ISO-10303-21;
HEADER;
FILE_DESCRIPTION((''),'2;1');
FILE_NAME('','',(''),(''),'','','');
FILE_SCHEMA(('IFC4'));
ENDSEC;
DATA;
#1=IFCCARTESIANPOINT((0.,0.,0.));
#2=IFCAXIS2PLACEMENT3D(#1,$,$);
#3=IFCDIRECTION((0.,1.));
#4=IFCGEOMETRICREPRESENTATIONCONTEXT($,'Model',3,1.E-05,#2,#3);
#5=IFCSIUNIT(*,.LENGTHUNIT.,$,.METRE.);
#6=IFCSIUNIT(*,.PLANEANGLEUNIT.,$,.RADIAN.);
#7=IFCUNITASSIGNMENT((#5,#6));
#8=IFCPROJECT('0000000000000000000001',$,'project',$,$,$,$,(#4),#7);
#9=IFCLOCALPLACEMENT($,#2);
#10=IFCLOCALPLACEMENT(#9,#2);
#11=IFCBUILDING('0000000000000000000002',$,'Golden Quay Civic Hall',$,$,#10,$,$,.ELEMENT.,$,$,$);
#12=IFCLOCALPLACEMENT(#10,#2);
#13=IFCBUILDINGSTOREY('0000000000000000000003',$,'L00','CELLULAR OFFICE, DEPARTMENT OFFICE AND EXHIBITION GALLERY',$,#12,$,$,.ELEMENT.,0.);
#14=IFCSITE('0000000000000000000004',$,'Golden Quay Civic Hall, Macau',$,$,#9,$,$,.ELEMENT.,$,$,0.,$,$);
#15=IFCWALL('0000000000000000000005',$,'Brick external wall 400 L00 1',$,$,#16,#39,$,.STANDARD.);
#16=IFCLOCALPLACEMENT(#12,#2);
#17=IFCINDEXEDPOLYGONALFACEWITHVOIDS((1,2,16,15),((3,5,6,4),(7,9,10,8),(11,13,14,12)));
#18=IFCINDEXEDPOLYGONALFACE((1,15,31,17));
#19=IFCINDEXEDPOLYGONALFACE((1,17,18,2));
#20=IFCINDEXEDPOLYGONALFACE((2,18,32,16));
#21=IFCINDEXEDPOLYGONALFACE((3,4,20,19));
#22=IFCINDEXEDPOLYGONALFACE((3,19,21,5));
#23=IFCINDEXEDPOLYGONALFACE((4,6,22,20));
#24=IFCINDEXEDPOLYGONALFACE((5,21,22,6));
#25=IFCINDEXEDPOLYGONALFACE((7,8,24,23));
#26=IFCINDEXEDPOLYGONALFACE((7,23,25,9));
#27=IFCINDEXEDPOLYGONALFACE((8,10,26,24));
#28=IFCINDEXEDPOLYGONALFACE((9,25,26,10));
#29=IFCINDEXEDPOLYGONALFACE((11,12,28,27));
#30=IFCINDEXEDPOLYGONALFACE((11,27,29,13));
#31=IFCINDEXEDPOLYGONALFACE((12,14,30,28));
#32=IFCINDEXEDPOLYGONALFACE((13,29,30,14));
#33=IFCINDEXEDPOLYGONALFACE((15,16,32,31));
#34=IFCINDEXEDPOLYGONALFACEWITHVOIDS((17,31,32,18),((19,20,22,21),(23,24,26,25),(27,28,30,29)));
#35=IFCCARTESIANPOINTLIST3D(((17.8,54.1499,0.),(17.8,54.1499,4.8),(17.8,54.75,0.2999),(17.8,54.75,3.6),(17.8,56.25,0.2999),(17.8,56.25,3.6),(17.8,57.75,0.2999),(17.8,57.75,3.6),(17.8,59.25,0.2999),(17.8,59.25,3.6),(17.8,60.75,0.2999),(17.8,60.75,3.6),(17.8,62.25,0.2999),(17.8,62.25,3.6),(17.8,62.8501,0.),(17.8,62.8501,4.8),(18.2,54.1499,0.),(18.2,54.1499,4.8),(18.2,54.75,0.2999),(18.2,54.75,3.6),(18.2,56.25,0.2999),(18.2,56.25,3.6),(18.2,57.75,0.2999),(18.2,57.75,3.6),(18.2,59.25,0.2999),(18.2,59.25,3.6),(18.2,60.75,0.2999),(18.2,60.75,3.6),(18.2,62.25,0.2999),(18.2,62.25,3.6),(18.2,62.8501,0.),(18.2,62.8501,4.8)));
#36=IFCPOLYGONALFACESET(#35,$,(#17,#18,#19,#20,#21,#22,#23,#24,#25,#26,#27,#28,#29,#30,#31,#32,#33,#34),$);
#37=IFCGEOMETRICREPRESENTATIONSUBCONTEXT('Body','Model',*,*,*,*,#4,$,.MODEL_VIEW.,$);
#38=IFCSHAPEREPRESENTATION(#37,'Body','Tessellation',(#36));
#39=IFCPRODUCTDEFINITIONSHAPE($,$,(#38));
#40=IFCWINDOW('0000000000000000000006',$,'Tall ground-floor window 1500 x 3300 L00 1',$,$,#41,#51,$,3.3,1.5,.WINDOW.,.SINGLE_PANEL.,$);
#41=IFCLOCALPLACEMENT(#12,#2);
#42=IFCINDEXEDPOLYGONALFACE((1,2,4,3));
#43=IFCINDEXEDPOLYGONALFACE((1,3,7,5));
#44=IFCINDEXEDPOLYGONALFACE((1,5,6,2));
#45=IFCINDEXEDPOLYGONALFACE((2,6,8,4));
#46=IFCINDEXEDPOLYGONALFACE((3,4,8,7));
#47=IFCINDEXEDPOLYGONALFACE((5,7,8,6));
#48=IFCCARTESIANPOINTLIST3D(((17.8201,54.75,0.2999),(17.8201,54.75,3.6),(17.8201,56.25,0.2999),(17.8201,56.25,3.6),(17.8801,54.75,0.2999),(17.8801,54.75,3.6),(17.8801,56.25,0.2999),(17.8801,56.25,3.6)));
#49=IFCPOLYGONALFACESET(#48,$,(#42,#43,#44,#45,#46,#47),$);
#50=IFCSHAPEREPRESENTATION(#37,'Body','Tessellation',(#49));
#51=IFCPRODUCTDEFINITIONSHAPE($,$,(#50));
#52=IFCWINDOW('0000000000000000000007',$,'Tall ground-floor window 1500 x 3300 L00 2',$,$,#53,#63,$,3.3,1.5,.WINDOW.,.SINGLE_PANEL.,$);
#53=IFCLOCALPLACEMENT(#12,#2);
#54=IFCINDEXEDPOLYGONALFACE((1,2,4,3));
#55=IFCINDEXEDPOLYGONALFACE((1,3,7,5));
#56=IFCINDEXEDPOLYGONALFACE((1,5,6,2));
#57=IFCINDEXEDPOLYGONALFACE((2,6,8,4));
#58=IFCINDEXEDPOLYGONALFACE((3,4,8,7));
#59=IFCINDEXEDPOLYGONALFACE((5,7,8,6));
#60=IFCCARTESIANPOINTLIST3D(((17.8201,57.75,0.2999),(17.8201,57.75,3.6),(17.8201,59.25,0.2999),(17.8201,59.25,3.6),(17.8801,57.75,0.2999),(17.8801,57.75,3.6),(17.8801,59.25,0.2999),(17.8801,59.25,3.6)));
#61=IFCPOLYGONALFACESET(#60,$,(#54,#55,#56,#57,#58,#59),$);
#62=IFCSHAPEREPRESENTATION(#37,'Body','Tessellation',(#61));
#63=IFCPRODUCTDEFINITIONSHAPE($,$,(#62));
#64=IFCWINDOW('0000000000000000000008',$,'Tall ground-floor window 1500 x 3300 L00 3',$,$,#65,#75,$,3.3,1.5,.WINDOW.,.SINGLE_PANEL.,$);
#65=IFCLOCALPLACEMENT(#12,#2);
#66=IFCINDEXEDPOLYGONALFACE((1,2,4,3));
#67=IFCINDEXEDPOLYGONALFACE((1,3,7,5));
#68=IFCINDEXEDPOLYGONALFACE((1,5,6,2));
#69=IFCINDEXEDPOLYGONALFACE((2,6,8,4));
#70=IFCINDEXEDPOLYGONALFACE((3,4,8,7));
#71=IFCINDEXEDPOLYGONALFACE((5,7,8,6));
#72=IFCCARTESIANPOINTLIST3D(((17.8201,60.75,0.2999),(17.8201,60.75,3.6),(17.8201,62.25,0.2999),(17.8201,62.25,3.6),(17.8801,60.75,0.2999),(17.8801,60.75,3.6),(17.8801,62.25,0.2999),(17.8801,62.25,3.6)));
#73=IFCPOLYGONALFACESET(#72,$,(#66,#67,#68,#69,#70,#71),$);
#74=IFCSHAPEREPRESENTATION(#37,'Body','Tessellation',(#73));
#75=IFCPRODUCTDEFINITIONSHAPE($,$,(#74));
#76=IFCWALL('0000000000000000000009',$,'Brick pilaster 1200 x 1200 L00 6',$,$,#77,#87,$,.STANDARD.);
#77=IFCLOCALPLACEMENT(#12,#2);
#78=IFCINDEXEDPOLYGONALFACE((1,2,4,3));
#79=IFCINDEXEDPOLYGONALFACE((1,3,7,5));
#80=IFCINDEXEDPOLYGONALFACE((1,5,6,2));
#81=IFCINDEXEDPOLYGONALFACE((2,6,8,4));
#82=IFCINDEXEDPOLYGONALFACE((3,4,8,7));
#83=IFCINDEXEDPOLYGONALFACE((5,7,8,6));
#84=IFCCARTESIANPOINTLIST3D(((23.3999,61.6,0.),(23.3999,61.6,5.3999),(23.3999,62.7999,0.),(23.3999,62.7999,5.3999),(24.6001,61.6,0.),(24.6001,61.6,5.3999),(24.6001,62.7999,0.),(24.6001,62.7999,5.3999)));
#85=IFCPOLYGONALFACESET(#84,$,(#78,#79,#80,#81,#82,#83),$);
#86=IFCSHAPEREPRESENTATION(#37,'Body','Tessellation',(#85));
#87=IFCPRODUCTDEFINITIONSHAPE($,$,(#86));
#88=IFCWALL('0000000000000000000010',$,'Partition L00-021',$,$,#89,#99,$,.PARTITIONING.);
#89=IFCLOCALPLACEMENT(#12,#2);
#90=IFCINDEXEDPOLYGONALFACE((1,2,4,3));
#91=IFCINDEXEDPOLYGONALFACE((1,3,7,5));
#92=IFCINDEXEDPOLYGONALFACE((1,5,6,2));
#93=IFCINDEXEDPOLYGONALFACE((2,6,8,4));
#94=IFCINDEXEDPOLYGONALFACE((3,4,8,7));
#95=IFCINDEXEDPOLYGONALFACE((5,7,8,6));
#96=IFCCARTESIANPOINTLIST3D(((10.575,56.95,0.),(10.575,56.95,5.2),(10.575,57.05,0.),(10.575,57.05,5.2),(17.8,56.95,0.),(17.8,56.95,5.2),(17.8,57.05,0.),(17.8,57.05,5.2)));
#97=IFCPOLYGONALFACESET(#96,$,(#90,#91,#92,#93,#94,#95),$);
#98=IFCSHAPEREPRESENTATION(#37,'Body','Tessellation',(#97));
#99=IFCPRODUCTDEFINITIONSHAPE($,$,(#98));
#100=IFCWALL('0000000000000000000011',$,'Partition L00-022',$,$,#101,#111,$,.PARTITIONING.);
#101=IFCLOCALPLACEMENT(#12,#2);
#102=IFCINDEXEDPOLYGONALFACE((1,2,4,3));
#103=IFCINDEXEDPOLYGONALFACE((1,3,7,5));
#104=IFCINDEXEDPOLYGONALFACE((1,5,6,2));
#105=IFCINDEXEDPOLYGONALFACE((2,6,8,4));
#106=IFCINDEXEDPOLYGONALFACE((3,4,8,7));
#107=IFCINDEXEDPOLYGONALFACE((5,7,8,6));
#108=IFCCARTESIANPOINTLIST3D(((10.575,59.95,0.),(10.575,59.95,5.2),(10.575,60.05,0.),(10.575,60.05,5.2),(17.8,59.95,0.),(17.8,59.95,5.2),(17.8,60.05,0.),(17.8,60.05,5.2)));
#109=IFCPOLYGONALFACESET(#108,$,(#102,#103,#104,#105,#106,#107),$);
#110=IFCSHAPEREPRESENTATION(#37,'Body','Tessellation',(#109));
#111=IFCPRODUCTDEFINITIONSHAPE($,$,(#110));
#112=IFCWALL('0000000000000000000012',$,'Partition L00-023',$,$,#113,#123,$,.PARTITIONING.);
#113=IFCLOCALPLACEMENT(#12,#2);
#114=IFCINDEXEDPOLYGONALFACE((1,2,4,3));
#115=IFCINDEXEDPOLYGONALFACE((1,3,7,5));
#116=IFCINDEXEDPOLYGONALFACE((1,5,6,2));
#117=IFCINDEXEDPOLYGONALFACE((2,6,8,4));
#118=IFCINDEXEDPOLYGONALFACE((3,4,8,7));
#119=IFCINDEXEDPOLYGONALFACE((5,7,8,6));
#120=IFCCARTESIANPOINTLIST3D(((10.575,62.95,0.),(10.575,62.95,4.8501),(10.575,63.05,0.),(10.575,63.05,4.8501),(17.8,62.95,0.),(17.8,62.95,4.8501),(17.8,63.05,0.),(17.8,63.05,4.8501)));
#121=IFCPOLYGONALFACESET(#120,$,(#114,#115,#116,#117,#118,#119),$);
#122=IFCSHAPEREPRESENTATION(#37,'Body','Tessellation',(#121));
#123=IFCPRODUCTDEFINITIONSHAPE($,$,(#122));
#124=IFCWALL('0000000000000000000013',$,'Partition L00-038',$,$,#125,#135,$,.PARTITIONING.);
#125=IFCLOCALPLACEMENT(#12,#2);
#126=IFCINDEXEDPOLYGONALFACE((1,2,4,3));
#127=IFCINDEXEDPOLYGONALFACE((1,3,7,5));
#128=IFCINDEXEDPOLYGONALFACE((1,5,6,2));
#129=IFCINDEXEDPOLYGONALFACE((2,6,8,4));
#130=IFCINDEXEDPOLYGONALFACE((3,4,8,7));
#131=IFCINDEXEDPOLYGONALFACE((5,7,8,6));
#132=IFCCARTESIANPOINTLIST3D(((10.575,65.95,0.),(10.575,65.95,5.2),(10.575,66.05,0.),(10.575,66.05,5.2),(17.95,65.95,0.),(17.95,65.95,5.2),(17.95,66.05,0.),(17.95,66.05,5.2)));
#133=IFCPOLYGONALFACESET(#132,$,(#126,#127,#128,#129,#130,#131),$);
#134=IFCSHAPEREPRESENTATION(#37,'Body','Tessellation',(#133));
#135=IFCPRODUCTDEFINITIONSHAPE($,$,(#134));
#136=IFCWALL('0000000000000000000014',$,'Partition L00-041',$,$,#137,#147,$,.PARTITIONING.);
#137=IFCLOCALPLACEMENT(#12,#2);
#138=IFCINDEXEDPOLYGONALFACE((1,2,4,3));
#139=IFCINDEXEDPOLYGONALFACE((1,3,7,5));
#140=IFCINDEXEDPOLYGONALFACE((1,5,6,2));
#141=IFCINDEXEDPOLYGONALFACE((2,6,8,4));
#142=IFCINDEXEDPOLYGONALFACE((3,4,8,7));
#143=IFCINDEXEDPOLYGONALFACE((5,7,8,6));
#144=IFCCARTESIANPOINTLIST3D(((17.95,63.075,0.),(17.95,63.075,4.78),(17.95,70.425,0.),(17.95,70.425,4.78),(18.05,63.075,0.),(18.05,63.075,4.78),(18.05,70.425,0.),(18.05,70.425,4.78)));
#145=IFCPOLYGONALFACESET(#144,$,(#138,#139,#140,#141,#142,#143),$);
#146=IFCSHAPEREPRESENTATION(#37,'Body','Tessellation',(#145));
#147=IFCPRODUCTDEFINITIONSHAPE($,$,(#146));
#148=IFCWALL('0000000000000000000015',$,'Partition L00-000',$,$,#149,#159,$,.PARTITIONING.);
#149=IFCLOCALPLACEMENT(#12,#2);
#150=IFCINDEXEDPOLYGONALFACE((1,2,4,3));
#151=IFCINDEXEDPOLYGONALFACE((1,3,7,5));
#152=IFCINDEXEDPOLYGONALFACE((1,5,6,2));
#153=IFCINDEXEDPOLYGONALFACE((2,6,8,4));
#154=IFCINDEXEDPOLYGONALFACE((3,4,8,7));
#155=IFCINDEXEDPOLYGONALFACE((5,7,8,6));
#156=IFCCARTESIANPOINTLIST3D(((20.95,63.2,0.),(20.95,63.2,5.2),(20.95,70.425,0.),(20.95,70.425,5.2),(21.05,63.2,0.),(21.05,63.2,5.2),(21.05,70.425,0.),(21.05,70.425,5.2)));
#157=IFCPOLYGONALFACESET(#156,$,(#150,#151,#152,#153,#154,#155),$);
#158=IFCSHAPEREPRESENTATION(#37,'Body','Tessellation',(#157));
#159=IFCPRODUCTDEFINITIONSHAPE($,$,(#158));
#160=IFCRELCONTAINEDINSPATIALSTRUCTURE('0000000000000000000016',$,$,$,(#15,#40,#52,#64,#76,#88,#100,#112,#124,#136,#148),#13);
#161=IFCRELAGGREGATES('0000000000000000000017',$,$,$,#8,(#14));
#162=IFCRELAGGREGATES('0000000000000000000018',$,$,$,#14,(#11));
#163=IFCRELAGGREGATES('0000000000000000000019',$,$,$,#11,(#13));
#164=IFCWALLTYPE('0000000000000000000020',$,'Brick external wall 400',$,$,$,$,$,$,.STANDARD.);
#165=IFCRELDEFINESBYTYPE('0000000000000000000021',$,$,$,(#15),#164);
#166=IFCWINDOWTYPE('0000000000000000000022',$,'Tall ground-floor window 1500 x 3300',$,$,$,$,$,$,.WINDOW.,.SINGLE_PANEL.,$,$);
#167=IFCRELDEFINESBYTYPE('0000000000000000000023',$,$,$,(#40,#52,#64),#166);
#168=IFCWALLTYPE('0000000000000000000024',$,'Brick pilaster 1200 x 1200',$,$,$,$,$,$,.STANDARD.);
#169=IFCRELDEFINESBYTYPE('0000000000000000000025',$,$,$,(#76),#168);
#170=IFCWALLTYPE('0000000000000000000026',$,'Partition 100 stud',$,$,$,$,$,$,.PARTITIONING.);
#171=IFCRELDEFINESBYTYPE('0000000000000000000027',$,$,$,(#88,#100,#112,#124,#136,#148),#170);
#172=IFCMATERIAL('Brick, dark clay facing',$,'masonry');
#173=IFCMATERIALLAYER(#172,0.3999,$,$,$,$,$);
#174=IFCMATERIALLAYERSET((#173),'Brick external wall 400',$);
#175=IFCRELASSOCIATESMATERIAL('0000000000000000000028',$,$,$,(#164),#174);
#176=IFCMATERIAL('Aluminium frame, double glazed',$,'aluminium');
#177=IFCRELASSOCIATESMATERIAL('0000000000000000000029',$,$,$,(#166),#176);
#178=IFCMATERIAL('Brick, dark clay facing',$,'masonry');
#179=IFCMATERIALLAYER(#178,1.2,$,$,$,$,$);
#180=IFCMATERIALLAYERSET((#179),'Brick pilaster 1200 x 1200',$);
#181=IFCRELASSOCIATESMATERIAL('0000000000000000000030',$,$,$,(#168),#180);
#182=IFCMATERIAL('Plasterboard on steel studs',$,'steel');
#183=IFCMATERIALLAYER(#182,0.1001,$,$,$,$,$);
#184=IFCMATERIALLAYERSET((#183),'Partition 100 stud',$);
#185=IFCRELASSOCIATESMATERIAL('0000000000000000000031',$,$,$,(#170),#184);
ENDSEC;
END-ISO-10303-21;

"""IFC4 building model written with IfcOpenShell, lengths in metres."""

from ifc_helpers import new_model, si_unit, direction, frame, frame_2d, origin, place, context, subcontext, project, spatial, rectangle, extrude, material, layer, layer_set, type_object, element, fill, save


model = new_model("IFC4")

# Units and contexts
model_context = context("Model", 3, precision=1e-05, world=origin(), true_north=direction((0.0, 1.0)))
body_context = subcontext(model_context, "Body", "Model", "MODEL_VIEW")
ifc_project = project(units=[si_unit("LENGTHUNIT", "METRE"), si_unit("PLANEANGLEUNIT", "RADIAN")], contexts=[model_context])

# Site, building, storey
site_placement = place(None, origin())
site = spatial("IfcSite", under=ifc_project, at=site_placement, Name="Golden Quay Civic Hall, Macau", CompositionType="ELEMENT", RefElevation=0.0)
building_placement = place(site_placement, origin())
building = spatial("IfcBuilding", under=site, at=building_placement, Name="Golden Quay Civic Hall", CompositionType="ELEMENT")
storey_placement = place(building_placement, origin())
storey = spatial("IfcBuildingStorey", under=building, at=storey_placement, Name="L00", Description="CELLULAR OFFICE, DEPARTMENT OFFICE AND EXHIBITION GALLERY", CompositionType="ELEMENT", Elevation=0.0)

# Wall, openings, windows
ifc_material_1 = material(Name="Brick, dark clay facing", Category="masonry")
ifc_layer_1 = layer(ifc_material_1, 0.3999)
ifc_layer_set_1 = layer_set([ifc_layer_1], Name="Brick external wall 400")
wall_type_1 = type_object("IfcWallType", Name="Brick external wall 400", PredefinedType="STANDARD", material=ifc_layer_set_1)
wall_1_placement = place(storey_placement, frame((18.0, 62.8501, 0.0), z_axis=(0.0, 0.0, 1.0), x_axis=(0.0, -1.0, 0.0)))
wall_1 = element("IfcWall", 1, at=wall_1_placement, inside=storey, type_object=wall_type_1, Name="Brick external wall 400 L00 1", PredefinedType="STANDARD", context=body_context, shape_type="SweptSolid", body=[
    extrude(rectangle(XDim=8.7002, YDim=0.3999, at=frame_2d((4.3501, 0.0))), origin(), (0.0, 0.0, 1.0), 4.8),
])
opening_1_placement = place(wall_1_placement, frame((6.6001, 0.0, 0.3)))
opening_1 = element("IfcOpeningElement", 2, at=opening_1_placement, cuts=wall_1, PredefinedType="OPENING", context=body_context, shape_type="SweptSolid", body=[
    extrude(rectangle(XDim=1.5, YDim=3.3, at=frame_2d((0.75, 1.6499))), frame((0.0, 0.21, 0.0), z_axis=(0.0, -1.0, 0.0), x_axis=(1.0, 0.0, 0.0)), (0.0, 0.0, 1.0), 0.4199),
])
opening_2_placement = place(wall_1_placement, frame((3.6001, 0.0, 0.3)))
opening_2 = element("IfcOpeningElement", 3, at=opening_2_placement, cuts=wall_1, PredefinedType="OPENING", context=body_context, shape_type="SweptSolid", body=[
    extrude(rectangle(XDim=1.5, YDim=3.3, at=frame_2d((0.75, 1.6499))), frame((0.0, 0.21, 0.0), z_axis=(0.0, -1.0, 0.0), x_axis=(1.0, 0.0, 0.0)), (0.0, 0.0, 1.0), 0.4199),
])
opening_3_placement = place(wall_1_placement, frame((0.6001, 0.0, 0.3)))
opening_3 = element("IfcOpeningElement", 4, at=opening_3_placement, cuts=wall_1, PredefinedType="OPENING", context=body_context, shape_type="SweptSolid", body=[
    extrude(rectangle(XDim=1.5, YDim=3.3, at=frame_2d((0.75, 1.6499))), frame((0.0, 0.21, 0.0), z_axis=(0.0, -1.0, 0.0), x_axis=(1.0, 0.0, 0.0)), (0.0, 0.0, 1.0), 0.4199),
])
ifc_material_2 = material(Name="Aluminium frame, double glazed", Category="aluminium")
window_type = type_object("IfcWindowType", Name="Tall ground-floor window 1500 x 3300", PartitioningType="SINGLE_PANEL", PredefinedType="WINDOW", material=ifc_material_2)
window_1_placement = place(opening_1_placement, origin())
window_1 = element("IfcWindow", 5, at=window_1_placement, inside=storey, type_object=window_type, Name="Tall ground-floor window 1500 x 3300 L00 1", OverallHeight=3.3, OverallWidth=1.5, PartitioningType="SINGLE_PANEL", PredefinedType="WINDOW", context=body_context, shape_type="SweptSolid", body=[
    extrude(rectangle(XDim=1.5, YDim=3.3, at=frame_2d((0.75, 1.6499))), frame((0.0, -0.1199, 0.0), z_axis=(0.0, -1.0, 0.0), x_axis=(1.0, 0.0, 0.0)), (0.0, 0.0, 1.0), 0.0601),
])
fill(opening_1, window_1)
window_2_placement = place(opening_2_placement, origin())
window_2 = element("IfcWindow", 6, at=window_2_placement, inside=storey, type_object=window_type, Name="Tall ground-floor window 1500 x 3300 L00 2", OverallHeight=3.3, OverallWidth=1.5, PartitioningType="SINGLE_PANEL", PredefinedType="WINDOW", context=body_context, shape_type="SweptSolid", body=[
    extrude(rectangle(XDim=1.5, YDim=3.3, at=frame_2d((0.75, 1.6499))), frame((0.0, -0.1199, 0.0), z_axis=(0.0, -1.0, 0.0), x_axis=(1.0, 0.0, 0.0)), (0.0, 0.0, 1.0), 0.0601),
])
fill(opening_2, window_2)
window_3_placement = place(opening_3_placement, origin())
window_3 = element("IfcWindow", 7, at=window_3_placement, inside=storey, type_object=window_type, Name="Tall ground-floor window 1500 x 3300 L00 3", OverallHeight=3.3, OverallWidth=1.5, PartitioningType="SINGLE_PANEL", PredefinedType="WINDOW", context=body_context, shape_type="SweptSolid", body=[
    extrude(rectangle(XDim=1.5, YDim=3.3, at=frame_2d((0.75, 1.6499))), frame((0.0, -0.1199, 0.0), z_axis=(0.0, -1.0, 0.0), x_axis=(1.0, 0.0, 0.0)), (0.0, 0.0, 1.0), 0.0601),
])
fill(opening_3, window_3)

# Walls
ifc_material_3 = material(Name="Brick, dark clay facing", Category="masonry")
ifc_layer_2 = layer(ifc_material_3, 1.2)
ifc_layer_set_2 = layer_set([ifc_layer_2], Name="Brick pilaster 1200 x 1200")
wall_type_2 = type_object("IfcWallType", Name="Brick pilaster 1200 x 1200", PredefinedType="STANDARD", material=ifc_layer_set_2)
wall_2_placement = place(storey_placement, frame((23.3999, 62.2, 0.0), z_axis=(0.0, 0.0, 1.0), x_axis=(1.0, 0.0, 0.0)))
element("IfcWall", 8, at=wall_2_placement, inside=storey, type_object=wall_type_2, Name="Brick pilaster 1200 x 1200 L00 6", PredefinedType="STANDARD", context=body_context, shape_type="SweptSolid", body=[
    extrude(rectangle(XDim=1.2002, YDim=1.2, at=frame_2d((0.6001, 0.0))), origin(), (0.0, 0.0, 1.0), 5.3999),
])
ifc_material_4 = material(Name="Plasterboard on steel studs", Category="steel")
ifc_layer_3 = layer(ifc_material_4, 0.1001)
ifc_layer_set_3 = layer_set([ifc_layer_3], Name="Partition 100 stud")
wall_type_3 = type_object("IfcWallType", Name="Partition 100 stud", PredefinedType="PARTITIONING", material=ifc_layer_set_3)
for number, where, z_axis, x_axis, name in (
    (9, (10.575, 57.0, 0.0), (0.0, 0.0, 1.0), (1.0, 0.0, 0.0), "Partition L00-021"),
    (10, (10.575, 60.0, 0.0), (0.0, 0.0, 1.0), (1.0, 0.0, 0.0), "Partition L00-022"),
):
    element("IfcWall", number, at=place(storey_placement, frame(where, z_axis=z_axis, x_axis=x_axis)), inside=storey, type_object=wall_type_3, Name=name, PredefinedType="PARTITIONING", context=body_context, shape_type="SweptSolid", body=[
        extrude(rectangle(XDim=7.2251, YDim=0.1001, at=frame_2d((3.6125, 0.0))), origin(), (0.0, 0.0, 1.0), 5.2),
    ])
wall_3_placement = place(storey_placement, frame((10.575, 63.0, 0.0), z_axis=(0.0, 0.0, 1.0), x_axis=(1.0, 0.0, 0.0)))
element("IfcWall", 11, at=wall_3_placement, inside=storey, type_object=wall_type_3, Name="Partition L00-023", PredefinedType="PARTITIONING", context=body_context, shape_type="SweptSolid", body=[
    extrude(rectangle(XDim=7.2251, YDim=0.1001, at=frame_2d((3.6125, 0.0))), origin(), (0.0, 0.0, 1.0), 4.8501),
])
wall_4_placement = place(storey_placement, frame((10.575, 66.0, 0.0), z_axis=(0.0, 0.0, 1.0), x_axis=(1.0, 0.0, 0.0)))
element("IfcWall", 12, at=wall_4_placement, inside=storey, type_object=wall_type_3, Name="Partition L00-038", PredefinedType="PARTITIONING", context=body_context, shape_type="SweptSolid", body=[
    extrude(rectangle(XDim=7.375, YDim=0.1001, at=frame_2d((3.6875, 0.0))), origin(), (0.0, 0.0, 1.0), 5.2),
])
wall_5_placement = place(storey_placement, frame((18.0, 63.075, 0.0), z_axis=(0.0, 0.0, 1.0), x_axis=(0.0, 1.0, 0.0)))
element("IfcWall", 13, at=wall_5_placement, inside=storey, type_object=wall_type_3, Name="Partition L00-041", PredefinedType="PARTITIONING", context=body_context, shape_type="SweptSolid", body=[
    extrude(rectangle(XDim=7.3501, YDim=0.1001, at=frame_2d((3.675, 0.0))), origin(), (0.0, 0.0, 1.0), 4.78),
])
wall_6_placement = place(storey_placement, frame((21.0, 63.2, 0.0), z_axis=(0.0, 0.0, 1.0), x_axis=(0.0, 1.0, 0.0)))
element("IfcWall", 14, at=wall_6_placement, inside=storey, type_object=wall_type_3, Name="Partition L00-000", PredefinedType="PARTITIONING", context=body_context, shape_type="SweptSolid", body=[
    extrude(rectangle(XDim=7.2251, YDim=0.1001, at=frame_2d((3.6125, 0.0))), origin(), (0.0, 0.0, 1.0), 5.2),
])

save(model, "model.ifc")
